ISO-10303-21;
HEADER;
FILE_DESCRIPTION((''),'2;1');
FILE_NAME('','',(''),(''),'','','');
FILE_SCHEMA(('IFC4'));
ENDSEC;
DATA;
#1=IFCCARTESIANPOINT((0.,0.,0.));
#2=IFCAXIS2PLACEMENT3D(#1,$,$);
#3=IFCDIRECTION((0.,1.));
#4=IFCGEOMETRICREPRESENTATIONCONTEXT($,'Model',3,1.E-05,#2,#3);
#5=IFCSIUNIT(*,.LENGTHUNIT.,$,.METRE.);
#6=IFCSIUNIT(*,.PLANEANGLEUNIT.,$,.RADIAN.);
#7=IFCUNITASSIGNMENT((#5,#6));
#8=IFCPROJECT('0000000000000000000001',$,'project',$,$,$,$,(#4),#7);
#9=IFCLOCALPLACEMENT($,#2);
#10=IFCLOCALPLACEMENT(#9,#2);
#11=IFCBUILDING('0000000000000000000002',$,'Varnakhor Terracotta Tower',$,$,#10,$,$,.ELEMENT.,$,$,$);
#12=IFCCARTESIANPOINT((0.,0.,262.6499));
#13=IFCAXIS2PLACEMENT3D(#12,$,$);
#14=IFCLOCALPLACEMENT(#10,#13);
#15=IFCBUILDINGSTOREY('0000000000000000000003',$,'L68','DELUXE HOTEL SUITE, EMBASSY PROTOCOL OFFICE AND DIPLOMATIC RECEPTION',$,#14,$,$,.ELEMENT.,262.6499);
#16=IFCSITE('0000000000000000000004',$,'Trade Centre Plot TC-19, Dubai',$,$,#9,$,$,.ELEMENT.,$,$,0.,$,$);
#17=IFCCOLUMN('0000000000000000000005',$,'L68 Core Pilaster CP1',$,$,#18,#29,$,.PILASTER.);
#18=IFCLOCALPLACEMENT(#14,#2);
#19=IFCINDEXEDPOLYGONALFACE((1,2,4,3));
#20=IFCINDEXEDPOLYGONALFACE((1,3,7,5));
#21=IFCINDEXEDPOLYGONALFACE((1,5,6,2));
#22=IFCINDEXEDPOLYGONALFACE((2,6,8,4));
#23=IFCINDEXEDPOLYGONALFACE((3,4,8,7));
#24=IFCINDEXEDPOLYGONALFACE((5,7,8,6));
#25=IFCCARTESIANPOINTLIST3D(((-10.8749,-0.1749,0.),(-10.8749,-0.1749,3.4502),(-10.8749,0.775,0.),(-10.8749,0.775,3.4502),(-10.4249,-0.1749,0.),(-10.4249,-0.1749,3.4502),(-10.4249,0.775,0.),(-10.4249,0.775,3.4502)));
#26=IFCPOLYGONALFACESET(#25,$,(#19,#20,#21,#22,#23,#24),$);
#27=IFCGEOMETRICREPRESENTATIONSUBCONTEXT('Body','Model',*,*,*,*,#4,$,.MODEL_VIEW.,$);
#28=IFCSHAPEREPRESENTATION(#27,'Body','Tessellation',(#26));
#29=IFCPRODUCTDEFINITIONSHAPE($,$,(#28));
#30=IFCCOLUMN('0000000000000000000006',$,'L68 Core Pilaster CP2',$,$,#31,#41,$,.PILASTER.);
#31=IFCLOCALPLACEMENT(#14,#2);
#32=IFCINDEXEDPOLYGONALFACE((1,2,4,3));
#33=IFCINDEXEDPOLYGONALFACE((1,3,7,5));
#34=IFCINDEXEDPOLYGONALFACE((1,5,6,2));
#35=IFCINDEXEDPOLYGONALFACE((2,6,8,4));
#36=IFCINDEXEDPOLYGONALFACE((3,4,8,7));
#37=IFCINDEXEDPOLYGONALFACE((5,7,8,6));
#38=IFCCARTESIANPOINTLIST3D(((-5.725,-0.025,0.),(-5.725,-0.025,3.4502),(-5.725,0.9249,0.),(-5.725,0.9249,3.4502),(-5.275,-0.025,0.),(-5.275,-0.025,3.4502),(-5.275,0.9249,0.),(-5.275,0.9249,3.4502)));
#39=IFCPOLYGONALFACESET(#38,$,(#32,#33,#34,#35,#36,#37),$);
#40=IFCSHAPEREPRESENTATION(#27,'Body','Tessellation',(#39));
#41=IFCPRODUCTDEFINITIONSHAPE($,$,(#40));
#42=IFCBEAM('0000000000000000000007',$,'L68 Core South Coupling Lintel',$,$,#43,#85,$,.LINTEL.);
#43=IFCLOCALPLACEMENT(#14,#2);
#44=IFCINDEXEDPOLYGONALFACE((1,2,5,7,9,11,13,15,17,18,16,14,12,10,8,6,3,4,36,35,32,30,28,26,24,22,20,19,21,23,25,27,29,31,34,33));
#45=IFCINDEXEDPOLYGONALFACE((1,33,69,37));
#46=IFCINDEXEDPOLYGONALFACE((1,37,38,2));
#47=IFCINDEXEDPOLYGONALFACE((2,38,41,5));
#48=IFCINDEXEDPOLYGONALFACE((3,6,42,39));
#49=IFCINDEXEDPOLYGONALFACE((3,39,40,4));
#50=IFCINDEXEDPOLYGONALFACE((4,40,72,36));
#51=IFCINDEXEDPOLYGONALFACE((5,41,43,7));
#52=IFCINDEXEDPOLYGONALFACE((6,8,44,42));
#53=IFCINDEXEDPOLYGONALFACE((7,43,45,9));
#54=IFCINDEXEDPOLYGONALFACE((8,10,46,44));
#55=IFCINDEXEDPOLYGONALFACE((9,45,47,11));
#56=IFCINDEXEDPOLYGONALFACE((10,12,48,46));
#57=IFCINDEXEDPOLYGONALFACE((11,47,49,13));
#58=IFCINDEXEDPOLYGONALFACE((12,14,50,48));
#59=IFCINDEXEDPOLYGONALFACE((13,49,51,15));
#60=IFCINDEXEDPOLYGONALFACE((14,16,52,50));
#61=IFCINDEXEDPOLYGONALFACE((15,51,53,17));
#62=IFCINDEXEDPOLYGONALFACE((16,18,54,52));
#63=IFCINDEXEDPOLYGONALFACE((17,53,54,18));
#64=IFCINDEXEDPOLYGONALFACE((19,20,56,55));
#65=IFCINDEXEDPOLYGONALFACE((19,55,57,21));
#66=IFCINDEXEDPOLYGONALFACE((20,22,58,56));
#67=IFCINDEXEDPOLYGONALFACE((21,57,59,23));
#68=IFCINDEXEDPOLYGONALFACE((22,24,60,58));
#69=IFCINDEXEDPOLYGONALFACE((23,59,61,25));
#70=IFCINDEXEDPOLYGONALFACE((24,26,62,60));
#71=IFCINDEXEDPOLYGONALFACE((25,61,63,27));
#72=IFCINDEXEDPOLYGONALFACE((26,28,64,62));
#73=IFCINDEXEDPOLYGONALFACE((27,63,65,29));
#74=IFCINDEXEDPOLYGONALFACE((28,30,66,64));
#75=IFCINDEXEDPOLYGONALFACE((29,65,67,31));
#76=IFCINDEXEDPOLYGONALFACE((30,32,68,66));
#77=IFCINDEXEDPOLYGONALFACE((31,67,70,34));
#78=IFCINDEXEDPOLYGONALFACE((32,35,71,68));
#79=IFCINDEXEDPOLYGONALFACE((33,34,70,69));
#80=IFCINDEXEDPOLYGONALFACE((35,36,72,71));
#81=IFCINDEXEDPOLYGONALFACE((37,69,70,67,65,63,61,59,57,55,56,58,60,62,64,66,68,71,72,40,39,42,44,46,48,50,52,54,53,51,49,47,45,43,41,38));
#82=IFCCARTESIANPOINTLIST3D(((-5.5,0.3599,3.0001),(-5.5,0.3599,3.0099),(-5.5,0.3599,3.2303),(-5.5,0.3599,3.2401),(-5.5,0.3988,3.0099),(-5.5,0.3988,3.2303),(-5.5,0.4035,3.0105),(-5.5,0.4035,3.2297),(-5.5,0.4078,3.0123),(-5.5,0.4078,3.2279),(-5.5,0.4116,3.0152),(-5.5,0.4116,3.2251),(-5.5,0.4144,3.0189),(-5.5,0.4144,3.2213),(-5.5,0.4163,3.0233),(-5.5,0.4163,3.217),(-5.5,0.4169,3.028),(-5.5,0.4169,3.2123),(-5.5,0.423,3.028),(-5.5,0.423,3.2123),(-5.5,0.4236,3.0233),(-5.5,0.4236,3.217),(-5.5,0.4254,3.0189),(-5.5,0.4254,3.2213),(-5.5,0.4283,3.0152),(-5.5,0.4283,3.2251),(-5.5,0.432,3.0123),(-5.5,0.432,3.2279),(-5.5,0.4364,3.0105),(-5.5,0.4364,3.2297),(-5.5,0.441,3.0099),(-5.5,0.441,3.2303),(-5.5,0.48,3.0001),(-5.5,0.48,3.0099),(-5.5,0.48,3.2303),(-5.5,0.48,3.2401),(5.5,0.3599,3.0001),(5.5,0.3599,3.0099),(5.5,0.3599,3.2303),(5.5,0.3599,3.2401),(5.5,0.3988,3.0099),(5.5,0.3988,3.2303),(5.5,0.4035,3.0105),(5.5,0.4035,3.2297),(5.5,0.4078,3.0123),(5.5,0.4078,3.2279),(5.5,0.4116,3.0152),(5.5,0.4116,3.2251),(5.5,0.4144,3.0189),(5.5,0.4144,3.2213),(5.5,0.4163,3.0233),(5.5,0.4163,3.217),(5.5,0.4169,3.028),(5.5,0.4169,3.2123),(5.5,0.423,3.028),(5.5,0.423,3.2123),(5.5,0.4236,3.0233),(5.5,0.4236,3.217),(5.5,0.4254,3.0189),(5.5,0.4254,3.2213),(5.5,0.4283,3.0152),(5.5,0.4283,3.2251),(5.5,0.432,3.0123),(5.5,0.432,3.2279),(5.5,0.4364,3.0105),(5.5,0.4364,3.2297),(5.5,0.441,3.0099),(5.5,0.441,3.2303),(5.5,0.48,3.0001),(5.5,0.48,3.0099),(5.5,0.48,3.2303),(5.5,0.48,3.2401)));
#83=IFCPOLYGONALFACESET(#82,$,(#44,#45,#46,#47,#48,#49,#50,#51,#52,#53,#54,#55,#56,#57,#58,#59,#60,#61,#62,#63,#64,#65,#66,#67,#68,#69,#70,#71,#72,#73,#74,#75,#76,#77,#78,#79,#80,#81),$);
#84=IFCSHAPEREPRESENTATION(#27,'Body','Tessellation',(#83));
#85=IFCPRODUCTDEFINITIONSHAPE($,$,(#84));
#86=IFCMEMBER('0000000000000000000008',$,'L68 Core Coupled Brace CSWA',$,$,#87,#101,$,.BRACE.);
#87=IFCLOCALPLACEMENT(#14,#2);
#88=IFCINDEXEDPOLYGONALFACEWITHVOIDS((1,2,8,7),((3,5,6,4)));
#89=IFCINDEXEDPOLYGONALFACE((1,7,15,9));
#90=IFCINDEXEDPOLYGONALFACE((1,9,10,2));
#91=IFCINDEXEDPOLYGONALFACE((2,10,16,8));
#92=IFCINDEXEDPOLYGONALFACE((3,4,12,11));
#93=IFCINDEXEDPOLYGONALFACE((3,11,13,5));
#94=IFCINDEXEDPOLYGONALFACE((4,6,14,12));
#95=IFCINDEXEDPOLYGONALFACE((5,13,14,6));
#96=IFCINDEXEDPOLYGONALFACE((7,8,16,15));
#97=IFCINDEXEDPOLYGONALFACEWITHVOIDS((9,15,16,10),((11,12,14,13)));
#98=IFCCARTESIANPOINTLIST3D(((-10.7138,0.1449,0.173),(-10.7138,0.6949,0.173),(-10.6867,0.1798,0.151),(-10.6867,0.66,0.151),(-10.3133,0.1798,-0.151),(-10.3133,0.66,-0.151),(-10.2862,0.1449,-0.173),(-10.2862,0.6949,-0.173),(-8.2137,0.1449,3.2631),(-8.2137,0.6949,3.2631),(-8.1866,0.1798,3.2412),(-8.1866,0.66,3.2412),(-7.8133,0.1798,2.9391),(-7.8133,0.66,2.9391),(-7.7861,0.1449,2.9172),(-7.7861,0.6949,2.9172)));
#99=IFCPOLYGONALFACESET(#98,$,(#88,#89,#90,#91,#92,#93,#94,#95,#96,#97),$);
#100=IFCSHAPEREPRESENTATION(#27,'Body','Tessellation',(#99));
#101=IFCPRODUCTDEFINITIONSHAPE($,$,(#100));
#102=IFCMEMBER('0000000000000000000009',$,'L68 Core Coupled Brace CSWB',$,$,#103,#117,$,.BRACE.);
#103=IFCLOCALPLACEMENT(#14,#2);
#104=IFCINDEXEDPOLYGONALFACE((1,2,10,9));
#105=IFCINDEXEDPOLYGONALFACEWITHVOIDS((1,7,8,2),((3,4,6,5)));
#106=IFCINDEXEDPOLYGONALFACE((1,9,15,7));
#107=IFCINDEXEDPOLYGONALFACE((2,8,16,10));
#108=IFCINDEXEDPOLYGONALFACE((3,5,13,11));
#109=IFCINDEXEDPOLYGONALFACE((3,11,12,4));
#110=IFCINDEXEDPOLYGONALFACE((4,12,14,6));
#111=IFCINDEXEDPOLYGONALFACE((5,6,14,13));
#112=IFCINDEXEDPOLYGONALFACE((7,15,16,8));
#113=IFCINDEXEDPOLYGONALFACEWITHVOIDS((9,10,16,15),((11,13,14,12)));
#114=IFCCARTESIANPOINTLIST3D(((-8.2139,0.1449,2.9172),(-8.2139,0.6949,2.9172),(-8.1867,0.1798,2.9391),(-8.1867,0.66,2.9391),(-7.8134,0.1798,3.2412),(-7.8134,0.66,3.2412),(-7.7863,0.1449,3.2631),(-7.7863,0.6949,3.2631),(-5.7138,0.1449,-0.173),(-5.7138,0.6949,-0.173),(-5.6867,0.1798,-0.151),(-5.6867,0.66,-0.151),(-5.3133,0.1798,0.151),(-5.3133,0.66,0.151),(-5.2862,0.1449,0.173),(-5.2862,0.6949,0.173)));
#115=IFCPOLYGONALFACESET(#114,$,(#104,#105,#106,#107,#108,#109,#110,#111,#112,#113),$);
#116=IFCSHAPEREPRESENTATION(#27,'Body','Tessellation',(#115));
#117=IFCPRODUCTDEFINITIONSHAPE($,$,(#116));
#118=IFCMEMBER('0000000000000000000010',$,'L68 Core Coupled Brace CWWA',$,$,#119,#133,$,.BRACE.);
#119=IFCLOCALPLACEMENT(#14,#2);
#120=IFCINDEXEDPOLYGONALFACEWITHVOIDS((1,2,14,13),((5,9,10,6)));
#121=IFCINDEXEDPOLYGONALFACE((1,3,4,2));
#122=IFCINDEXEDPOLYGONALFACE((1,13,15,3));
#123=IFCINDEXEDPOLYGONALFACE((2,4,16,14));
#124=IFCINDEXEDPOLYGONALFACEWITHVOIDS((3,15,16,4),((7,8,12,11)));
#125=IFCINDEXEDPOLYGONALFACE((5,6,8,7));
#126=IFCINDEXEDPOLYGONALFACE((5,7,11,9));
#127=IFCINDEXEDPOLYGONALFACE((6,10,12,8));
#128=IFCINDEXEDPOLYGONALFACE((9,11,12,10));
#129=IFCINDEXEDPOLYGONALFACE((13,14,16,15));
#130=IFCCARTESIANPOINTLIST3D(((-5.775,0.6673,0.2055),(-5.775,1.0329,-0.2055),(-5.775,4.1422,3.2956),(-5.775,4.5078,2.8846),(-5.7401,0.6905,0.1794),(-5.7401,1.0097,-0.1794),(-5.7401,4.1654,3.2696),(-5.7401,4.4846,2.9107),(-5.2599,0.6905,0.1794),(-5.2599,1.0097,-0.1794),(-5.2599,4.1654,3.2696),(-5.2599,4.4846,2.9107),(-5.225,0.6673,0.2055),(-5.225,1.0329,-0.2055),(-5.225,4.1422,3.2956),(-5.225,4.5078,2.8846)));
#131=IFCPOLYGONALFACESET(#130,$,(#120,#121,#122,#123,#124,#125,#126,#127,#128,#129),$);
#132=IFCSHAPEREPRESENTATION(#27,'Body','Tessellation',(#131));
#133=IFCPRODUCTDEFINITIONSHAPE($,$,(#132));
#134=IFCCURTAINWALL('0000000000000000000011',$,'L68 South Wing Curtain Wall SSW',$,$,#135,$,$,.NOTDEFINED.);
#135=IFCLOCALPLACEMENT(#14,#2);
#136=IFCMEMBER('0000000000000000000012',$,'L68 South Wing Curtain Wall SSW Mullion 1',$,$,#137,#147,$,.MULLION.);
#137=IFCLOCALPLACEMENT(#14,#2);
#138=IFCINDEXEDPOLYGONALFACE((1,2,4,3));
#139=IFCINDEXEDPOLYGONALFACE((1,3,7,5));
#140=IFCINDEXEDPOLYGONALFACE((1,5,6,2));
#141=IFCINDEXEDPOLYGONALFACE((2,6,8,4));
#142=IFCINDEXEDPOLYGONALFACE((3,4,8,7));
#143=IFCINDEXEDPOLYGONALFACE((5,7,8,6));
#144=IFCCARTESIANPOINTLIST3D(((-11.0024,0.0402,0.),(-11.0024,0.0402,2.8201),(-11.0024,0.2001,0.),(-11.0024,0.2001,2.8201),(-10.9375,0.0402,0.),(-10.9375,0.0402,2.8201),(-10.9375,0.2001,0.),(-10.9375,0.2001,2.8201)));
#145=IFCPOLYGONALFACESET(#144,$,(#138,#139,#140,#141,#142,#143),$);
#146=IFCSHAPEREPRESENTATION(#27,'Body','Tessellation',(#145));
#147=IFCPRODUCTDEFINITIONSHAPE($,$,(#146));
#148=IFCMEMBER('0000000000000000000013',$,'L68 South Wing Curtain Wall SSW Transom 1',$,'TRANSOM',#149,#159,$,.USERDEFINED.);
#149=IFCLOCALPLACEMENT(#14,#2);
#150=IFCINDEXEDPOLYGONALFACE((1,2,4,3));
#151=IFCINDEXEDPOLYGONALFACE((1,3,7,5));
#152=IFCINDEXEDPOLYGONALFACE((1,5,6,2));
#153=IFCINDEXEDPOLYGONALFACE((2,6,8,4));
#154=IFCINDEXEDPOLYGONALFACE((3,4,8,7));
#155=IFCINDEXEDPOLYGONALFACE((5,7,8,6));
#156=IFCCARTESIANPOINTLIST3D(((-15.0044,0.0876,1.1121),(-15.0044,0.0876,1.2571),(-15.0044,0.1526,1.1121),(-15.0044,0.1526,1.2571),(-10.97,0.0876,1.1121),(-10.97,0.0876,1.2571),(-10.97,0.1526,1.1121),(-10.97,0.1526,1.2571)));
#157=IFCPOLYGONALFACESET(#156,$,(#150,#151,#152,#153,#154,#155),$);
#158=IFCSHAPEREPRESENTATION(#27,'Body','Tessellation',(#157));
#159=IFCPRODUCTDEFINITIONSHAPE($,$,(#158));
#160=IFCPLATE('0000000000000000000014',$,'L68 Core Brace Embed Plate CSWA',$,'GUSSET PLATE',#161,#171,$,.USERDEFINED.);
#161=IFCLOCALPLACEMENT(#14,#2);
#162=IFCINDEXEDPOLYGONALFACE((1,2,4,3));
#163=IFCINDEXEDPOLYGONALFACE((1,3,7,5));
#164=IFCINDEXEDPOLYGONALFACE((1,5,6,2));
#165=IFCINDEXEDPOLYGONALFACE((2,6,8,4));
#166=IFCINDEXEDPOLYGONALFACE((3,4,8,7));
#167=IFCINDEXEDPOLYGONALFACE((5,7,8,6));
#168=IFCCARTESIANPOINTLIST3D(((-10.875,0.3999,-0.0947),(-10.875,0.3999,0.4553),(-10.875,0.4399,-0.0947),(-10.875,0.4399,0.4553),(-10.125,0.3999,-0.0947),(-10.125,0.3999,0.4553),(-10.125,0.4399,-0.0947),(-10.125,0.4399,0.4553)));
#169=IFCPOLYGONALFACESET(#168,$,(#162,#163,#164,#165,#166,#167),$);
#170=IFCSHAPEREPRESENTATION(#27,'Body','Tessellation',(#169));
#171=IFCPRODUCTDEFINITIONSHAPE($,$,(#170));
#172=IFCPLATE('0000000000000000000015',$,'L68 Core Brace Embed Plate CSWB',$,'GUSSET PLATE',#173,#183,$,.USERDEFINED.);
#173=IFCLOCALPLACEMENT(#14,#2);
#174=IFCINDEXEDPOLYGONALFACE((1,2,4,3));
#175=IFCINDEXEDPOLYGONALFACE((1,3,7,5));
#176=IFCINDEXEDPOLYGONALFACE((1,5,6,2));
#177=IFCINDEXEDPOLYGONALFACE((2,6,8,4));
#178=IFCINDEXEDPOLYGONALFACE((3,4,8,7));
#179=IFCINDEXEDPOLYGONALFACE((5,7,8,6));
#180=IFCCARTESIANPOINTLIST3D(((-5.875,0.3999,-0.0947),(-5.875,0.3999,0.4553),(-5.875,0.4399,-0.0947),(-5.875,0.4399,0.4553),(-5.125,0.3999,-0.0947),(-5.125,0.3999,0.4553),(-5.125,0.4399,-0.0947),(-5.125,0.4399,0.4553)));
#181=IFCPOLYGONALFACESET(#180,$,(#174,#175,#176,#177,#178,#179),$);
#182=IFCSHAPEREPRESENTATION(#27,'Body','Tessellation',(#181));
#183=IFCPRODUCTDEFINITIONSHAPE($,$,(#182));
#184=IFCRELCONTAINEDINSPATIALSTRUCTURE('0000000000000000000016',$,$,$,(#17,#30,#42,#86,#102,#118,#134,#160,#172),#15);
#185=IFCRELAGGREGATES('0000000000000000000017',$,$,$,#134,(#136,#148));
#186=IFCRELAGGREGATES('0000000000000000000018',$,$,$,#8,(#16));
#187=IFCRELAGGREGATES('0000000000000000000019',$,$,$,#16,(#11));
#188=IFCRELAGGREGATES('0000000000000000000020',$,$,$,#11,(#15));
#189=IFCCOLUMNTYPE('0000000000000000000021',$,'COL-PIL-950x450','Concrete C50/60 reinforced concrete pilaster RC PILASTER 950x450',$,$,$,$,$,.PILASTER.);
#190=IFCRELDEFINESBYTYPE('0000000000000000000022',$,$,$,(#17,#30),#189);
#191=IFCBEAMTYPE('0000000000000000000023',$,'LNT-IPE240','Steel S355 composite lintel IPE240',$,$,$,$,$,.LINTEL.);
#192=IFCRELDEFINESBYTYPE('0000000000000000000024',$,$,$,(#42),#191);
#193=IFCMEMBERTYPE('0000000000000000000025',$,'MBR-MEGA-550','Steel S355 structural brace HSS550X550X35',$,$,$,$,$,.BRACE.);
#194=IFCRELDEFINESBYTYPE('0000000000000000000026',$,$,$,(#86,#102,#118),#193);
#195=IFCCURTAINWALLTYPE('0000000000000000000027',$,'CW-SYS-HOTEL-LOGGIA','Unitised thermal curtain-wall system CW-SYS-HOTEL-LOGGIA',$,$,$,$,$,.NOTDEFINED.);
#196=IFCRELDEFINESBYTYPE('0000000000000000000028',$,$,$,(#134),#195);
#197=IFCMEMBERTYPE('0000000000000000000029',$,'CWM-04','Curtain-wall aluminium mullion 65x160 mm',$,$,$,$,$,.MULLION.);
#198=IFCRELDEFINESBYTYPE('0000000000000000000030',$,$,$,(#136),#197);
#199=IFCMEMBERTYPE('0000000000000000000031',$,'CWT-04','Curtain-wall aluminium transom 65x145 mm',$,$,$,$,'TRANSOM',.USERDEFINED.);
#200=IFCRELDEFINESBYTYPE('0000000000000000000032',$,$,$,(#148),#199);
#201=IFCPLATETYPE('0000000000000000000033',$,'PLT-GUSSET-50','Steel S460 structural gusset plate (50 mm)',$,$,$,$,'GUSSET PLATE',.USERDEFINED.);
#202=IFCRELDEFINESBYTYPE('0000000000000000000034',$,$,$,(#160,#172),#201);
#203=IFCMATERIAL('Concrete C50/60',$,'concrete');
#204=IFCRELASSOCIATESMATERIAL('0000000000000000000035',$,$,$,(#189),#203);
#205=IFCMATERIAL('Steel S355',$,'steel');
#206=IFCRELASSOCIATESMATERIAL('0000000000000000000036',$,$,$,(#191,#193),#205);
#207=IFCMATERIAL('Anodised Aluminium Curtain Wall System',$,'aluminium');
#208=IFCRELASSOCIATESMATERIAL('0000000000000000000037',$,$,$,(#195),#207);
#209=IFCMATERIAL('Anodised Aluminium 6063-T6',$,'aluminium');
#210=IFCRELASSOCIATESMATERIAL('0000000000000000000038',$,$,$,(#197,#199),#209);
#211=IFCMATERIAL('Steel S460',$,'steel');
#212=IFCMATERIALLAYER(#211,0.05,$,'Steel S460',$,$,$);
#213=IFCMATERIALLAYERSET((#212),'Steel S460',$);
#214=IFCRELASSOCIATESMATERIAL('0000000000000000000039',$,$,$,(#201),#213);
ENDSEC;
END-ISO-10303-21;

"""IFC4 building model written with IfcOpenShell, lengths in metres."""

from ifc_helpers import new_model, si_unit, direction, frame, origin, origin_2d, place, context, subcontext, project, spatial, rectangle, hollow_rectangle, i_section, extrude, source, transform, mapped, material, layer, layer_set, material_profile, profile_set, type_object, type_shapes, element, aggregate, save


model = new_model("IFC4")

# Units and contexts
model_context = context("Model", 3, precision=1e-05, world=origin(), true_north=direction((0.0, 1.0)))
body_context = subcontext(model_context, "Body", "Model", "MODEL_VIEW")
ifc_project = project(units=[si_unit("LENGTHUNIT", "METRE"), si_unit("PLANEANGLEUNIT", "RADIAN")], contexts=[model_context])

# Site, building, storey
site_placement = place(None, origin())
site = spatial("IfcSite", under=ifc_project, at=site_placement, Name="Trade Centre Plot TC-19, Dubai", CompositionType="ELEMENT", RefElevation=0.0)
building_placement = place(site_placement, origin())
building = spatial("IfcBuilding", under=site, at=building_placement, Name="Varnakhor Terracotta Tower", CompositionType="ELEMENT")
storey_placement = place(building_placement, frame((0.0, 0.0, 262.6499)))
storey = spatial("IfcBuildingStorey", under=building, at=storey_placement, Name="L68", Description="DELUXE HOTEL SUITE, EMBASSY PROTOCOL OFFICE AND DIPLOMATIC RECEPTION", CompositionType="ELEMENT", Elevation=262.6499)

# Columns
ifc_material_1 = material(Name="Concrete C50/60", Category="concrete")
ifc_material_profile_1 = material_profile(ifc_material_1, rectangle(XDim=0.45, YDim=0.95, at=origin_2d()), Name="RC PILASTER 950x450")
ifc_profile_set_1 = profile_set([ifc_material_profile_1], Name="Concrete C50/60")
column_type = type_object("IfcColumnType", Name="COL-PIL-950x450", Description="Concrete C50/60 reinforced concrete pilaster RC PILASTER 950x450", PredefinedType="PILASTER", material=ifc_profile_set_1)
shared_shape_1 = source(origin(), body_context, "Body", "SweptSolid", [
    extrude(rectangle(XDim=0.45, YDim=0.95, at=origin_2d()), origin(), (0.0, 0.0, 1.0), 3.4502),
])
for number, where, z_axis, x_axis, name in (
    (1, (-10.6499, 0.3, 0.0), (0.0, 0.0, 1.0), (1.0, 0.0, 0.0), "L68 Core Pilaster CP1"),
    (2, (-5.5, 0.45, 0.0), (0.0, 0.0, 1.0), (1.0, 0.0, 0.0), "L68 Core Pilaster CP2"),
):
    element("IfcColumn", number, at=place(storey_placement, frame(where, z_axis=z_axis, x_axis=x_axis)), inside=storey, type_object=column_type, Name=name, PredefinedType="PILASTER", context=body_context, shape_type="MappedRepresentation", body=[
        mapped(shared_shape_1, transform((0.0, 0.0, 0.0), scale=1.0)),
    ])

# Beam
ifc_material_2 = material(Name="Steel S355", Category="steel")
ifc_material_profile_2 = material_profile(ifc_material_2, i_section(OverallWidth=0.1201, OverallDepth=0.24, WebThickness=0.0061, FlangeThickness=0.0098, FilletRadius=0.0181, at=origin_2d()), Name="IPE240")
ifc_profile_set_2 = profile_set([ifc_material_profile_2], Name="Steel S355")
beam_type = type_object("IfcBeamType", Name="LNT-IPE240", Description="Steel S355 composite lintel IPE240", PredefinedType="LINTEL", material=ifc_profile_set_2)
shared_shape_2 = source(origin(), body_context, "Body", "SweptSolid", [
    extrude(i_section(OverallWidth=0.1201, OverallDepth=0.24, WebThickness=0.0061, FlangeThickness=0.0098, FilletRadius=0.0181, at=origin_2d()), origin(), (0.0, 0.0, 1.0), 11.0),
])
type_shapes(beam_type, [shared_shape_2])
beam_placement = place(storey_placement, frame((-5.5, 0.4199, 3.1201), z_axis=(1.0, 0.0, 0.0), x_axis=(0.0, 1.0, 0.0)))
element("IfcBeam", 3, at=beam_placement, inside=storey, type_object=beam_type, Name="L68 Core South Coupling Lintel", PredefinedType="LINTEL", context=body_context, shape_type="MappedRepresentation", body=[
    mapped(shared_shape_2, transform((0.0, 0.0, 0.0), scale=1.0)),
])

# Members
ifc_material_profile_3 = material_profile(ifc_material_2, hollow_rectangle(XDim=0.55, YDim=0.55, WallThickness=0.0349, at=origin_2d()), Name="HSS550X550X35")
ifc_profile_set_3 = profile_set([ifc_material_profile_3], Name="Steel S355")
member_type_1 = type_object("IfcMemberType", Name="MBR-MEGA-550", Description="Steel S355 structural brace HSS550X550X35", PredefinedType="BRACE", material=ifc_profile_set_3)
shared_shape_3 = source(origin(), body_context, "Body", "SweptSolid", [
    extrude(hollow_rectangle(XDim=0.55, YDim=0.55, WallThickness=0.0349, at=origin_2d()), origin(), (0.0, 0.0, 1.0), 3.9749),
])
for number, where, z_axis, x_axis, name in (
    (4, (-10.5, 0.4199, 0.0), (0.62897, 0.0, 0.777429), (0.0, 1.0, 0.0), "L68 Core Coupled Brace CSWA"),
    (5, (-5.5, 0.4199, 0.0), (-0.62897, 0.0, 0.777429), (0.0, -1.0, 0.0), "L68 Core Coupled Brace CSWB"),
):
    element("IfcMember", number, at=place(storey_placement, frame(where, z_axis=z_axis, x_axis=x_axis)), inside=storey, type_object=member_type_1, Name=name, PredefinedType="BRACE", context=body_context, shape_type="MappedRepresentation", body=[
        mapped(shared_shape_3, transform((0.0, 0.0, 0.0), scale=1.0)),
    ])
shared_shape_4 = source(origin(), body_context, "Body", "SweptSolid", [
    extrude(hollow_rectangle(XDim=0.55, YDim=0.55, WallThickness=0.0349, at=origin_2d()), origin(), (0.0, 0.0, 1.0), 4.6501),
])
member_1_placement = place(storey_placement, frame((-5.5, 0.8501, 0.0), z_axis=(0.0, 0.747267, 0.664524), x_axis=(-1.0, 0.0, 0.0)))
element("IfcMember", 6, at=member_1_placement, inside=storey, type_object=member_type_1, Name="L68 Core Coupled Brace CWWA", PredefinedType="BRACE", context=body_context, shape_type="MappedRepresentation", body=[
    mapped(shared_shape_4, transform((0.0, 0.0, 0.0), scale=1.0)),
])

# Curtain wall, members
ifc_material_3 = material(Name="Anodised Aluminium Curtain Wall System", Category="aluminium")
curtain_wall_type = type_object("IfcCurtainWallType", Name="CW-SYS-HOTEL-LOGGIA", Description="Unitised thermal curtain-wall system CW-SYS-HOTEL-LOGGIA", PredefinedType="NOTDEFINED", material=ifc_material_3)
curtain_wall_placement = place(storey_placement, origin())
curtain_wall = element("IfcCurtainWall", 7, at=curtain_wall_placement, inside=storey, type_object=curtain_wall_type, Name="L68 South Wing Curtain Wall SSW", PredefinedType="NOTDEFINED")
ifc_material_4 = material(Name="Anodised Aluminium 6063-T6", Category="aluminium")
ifc_material_profile_4 = material_profile(ifc_material_4, rectangle(XDim=0.0649, YDim=0.1599, at=origin_2d()), Name="ALU MULLION 65x160")
ifc_profile_set_4 = profile_set([ifc_material_profile_4], Name="Anodised Aluminium 6063-T6")
member_type_2 = type_object("IfcMemberType", Name="CWM-04", Description="Curtain-wall aluminium mullion 65x160 mm", PredefinedType="MULLION", material=ifc_profile_set_4)
shared_shape_5 = source(origin(), body_context, "Body", "SweptSolid", [
    extrude(rectangle(XDim=0.0649, YDim=0.1599, at=origin_2d()), origin(), (0.0, 0.0, 1.0), 2.8201),
])
type_shapes(member_type_2, [shared_shape_5])
member_2_placement = place(storey_placement, frame((-10.97, 0.1201, 0.0), z_axis=(0.0, 0.0, 1.0), x_axis=(1.0, 0.0, 0.0)))
member_2 = element("IfcMember", 8, at=member_2_placement, type_object=member_type_2, Name="L68 South Wing Curtain Wall SSW Mullion 1", PredefinedType="MULLION", context=body_context, shape_type="MappedRepresentation", body=[
    mapped(shared_shape_5, transform((0.0, 0.0, 0.0), scale=1.0)),
])
ifc_material_profile_5 = material_profile(ifc_material_4, rectangle(XDim=0.0649, YDim=0.145, at=origin_2d()), Name="ALU TRANSOM 65x145")
ifc_profile_set_5 = profile_set([ifc_material_profile_5], Name="Anodised Aluminium 6063-T6")
member_type_3 = type_object("IfcMemberType", Name="CWT-04", Description="Curtain-wall aluminium transom 65x145 mm", ElementType="TRANSOM", PredefinedType="USERDEFINED", material=ifc_profile_set_5)
shared_shape_6 = source(origin(), body_context, "Body", "SweptSolid", [
    extrude(rectangle(XDim=0.0649, YDim=0.145, at=origin_2d()), origin(), (0.0, 0.0, 1.0), 4.0344),
])
member_3_placement = place(storey_placement, frame((-10.97, 0.1201, 1.1846), z_axis=(-1.0, 0.0, 0.0), x_axis=(0.0, -1.0, 0.0)))
member_3 = element("IfcMember", 9, at=member_3_placement, type_object=member_type_3, Name="L68 South Wing Curtain Wall SSW Transom 1", ObjectType="TRANSOM", PredefinedType="USERDEFINED", context=body_context, shape_type="MappedRepresentation", body=[
    mapped(shared_shape_6, transform((0.0, 0.0, 0.0), scale=1.0)),
])
aggregate(curtain_wall, [member_2, member_3])

# Plates
ifc_material_5 = material(Name="Steel S460", Category="steel")
ifc_layer_1 = layer(ifc_material_5, 0.05, Name="Steel S460")
ifc_layer_set_1 = layer_set([ifc_layer_1], Name="Steel S460")
plate_type = type_object("IfcPlateType", Name="PLT-GUSSET-50", Description="Steel S460 structural gusset plate (50 mm)", ElementType="GUSSET PLATE", PredefinedType="USERDEFINED", material=ifc_layer_set_1)
shared_shape_7 = source(origin(), body_context, "Body", "SweptSolid", [
    extrude(rectangle(XDim=0.75, YDim=0.04, at=origin_2d()), origin(), (0.0, 0.0, 1.0), 0.55),
])
type_shapes(plate_type, [shared_shape_7])
for number, where, z_axis, x_axis, name in (
    (10, (-10.5, 0.4199, -0.0947), (0.0, 0.0, 1.0), (1.0, 0.0, 0.0), "L68 Core Brace Embed Plate CSWA"),
    (11, (-5.5, 0.4199, -0.0947), (0.0, 0.0, 1.0), (1.0, 0.0, 0.0), "L68 Core Brace Embed Plate CSWB"),
):
    element("IfcPlate", number, at=place(storey_placement, frame(where, z_axis=z_axis, x_axis=x_axis)), inside=storey, type_object=plate_type, Name=name, ObjectType="GUSSET PLATE", PredefinedType="USERDEFINED", context=body_context, shape_type="MappedRepresentation", body=[
        mapped(shared_shape_7, transform((0.0, 0.0, 0.0), scale=1.0)),
    ])

save(model, "model.ifc")
